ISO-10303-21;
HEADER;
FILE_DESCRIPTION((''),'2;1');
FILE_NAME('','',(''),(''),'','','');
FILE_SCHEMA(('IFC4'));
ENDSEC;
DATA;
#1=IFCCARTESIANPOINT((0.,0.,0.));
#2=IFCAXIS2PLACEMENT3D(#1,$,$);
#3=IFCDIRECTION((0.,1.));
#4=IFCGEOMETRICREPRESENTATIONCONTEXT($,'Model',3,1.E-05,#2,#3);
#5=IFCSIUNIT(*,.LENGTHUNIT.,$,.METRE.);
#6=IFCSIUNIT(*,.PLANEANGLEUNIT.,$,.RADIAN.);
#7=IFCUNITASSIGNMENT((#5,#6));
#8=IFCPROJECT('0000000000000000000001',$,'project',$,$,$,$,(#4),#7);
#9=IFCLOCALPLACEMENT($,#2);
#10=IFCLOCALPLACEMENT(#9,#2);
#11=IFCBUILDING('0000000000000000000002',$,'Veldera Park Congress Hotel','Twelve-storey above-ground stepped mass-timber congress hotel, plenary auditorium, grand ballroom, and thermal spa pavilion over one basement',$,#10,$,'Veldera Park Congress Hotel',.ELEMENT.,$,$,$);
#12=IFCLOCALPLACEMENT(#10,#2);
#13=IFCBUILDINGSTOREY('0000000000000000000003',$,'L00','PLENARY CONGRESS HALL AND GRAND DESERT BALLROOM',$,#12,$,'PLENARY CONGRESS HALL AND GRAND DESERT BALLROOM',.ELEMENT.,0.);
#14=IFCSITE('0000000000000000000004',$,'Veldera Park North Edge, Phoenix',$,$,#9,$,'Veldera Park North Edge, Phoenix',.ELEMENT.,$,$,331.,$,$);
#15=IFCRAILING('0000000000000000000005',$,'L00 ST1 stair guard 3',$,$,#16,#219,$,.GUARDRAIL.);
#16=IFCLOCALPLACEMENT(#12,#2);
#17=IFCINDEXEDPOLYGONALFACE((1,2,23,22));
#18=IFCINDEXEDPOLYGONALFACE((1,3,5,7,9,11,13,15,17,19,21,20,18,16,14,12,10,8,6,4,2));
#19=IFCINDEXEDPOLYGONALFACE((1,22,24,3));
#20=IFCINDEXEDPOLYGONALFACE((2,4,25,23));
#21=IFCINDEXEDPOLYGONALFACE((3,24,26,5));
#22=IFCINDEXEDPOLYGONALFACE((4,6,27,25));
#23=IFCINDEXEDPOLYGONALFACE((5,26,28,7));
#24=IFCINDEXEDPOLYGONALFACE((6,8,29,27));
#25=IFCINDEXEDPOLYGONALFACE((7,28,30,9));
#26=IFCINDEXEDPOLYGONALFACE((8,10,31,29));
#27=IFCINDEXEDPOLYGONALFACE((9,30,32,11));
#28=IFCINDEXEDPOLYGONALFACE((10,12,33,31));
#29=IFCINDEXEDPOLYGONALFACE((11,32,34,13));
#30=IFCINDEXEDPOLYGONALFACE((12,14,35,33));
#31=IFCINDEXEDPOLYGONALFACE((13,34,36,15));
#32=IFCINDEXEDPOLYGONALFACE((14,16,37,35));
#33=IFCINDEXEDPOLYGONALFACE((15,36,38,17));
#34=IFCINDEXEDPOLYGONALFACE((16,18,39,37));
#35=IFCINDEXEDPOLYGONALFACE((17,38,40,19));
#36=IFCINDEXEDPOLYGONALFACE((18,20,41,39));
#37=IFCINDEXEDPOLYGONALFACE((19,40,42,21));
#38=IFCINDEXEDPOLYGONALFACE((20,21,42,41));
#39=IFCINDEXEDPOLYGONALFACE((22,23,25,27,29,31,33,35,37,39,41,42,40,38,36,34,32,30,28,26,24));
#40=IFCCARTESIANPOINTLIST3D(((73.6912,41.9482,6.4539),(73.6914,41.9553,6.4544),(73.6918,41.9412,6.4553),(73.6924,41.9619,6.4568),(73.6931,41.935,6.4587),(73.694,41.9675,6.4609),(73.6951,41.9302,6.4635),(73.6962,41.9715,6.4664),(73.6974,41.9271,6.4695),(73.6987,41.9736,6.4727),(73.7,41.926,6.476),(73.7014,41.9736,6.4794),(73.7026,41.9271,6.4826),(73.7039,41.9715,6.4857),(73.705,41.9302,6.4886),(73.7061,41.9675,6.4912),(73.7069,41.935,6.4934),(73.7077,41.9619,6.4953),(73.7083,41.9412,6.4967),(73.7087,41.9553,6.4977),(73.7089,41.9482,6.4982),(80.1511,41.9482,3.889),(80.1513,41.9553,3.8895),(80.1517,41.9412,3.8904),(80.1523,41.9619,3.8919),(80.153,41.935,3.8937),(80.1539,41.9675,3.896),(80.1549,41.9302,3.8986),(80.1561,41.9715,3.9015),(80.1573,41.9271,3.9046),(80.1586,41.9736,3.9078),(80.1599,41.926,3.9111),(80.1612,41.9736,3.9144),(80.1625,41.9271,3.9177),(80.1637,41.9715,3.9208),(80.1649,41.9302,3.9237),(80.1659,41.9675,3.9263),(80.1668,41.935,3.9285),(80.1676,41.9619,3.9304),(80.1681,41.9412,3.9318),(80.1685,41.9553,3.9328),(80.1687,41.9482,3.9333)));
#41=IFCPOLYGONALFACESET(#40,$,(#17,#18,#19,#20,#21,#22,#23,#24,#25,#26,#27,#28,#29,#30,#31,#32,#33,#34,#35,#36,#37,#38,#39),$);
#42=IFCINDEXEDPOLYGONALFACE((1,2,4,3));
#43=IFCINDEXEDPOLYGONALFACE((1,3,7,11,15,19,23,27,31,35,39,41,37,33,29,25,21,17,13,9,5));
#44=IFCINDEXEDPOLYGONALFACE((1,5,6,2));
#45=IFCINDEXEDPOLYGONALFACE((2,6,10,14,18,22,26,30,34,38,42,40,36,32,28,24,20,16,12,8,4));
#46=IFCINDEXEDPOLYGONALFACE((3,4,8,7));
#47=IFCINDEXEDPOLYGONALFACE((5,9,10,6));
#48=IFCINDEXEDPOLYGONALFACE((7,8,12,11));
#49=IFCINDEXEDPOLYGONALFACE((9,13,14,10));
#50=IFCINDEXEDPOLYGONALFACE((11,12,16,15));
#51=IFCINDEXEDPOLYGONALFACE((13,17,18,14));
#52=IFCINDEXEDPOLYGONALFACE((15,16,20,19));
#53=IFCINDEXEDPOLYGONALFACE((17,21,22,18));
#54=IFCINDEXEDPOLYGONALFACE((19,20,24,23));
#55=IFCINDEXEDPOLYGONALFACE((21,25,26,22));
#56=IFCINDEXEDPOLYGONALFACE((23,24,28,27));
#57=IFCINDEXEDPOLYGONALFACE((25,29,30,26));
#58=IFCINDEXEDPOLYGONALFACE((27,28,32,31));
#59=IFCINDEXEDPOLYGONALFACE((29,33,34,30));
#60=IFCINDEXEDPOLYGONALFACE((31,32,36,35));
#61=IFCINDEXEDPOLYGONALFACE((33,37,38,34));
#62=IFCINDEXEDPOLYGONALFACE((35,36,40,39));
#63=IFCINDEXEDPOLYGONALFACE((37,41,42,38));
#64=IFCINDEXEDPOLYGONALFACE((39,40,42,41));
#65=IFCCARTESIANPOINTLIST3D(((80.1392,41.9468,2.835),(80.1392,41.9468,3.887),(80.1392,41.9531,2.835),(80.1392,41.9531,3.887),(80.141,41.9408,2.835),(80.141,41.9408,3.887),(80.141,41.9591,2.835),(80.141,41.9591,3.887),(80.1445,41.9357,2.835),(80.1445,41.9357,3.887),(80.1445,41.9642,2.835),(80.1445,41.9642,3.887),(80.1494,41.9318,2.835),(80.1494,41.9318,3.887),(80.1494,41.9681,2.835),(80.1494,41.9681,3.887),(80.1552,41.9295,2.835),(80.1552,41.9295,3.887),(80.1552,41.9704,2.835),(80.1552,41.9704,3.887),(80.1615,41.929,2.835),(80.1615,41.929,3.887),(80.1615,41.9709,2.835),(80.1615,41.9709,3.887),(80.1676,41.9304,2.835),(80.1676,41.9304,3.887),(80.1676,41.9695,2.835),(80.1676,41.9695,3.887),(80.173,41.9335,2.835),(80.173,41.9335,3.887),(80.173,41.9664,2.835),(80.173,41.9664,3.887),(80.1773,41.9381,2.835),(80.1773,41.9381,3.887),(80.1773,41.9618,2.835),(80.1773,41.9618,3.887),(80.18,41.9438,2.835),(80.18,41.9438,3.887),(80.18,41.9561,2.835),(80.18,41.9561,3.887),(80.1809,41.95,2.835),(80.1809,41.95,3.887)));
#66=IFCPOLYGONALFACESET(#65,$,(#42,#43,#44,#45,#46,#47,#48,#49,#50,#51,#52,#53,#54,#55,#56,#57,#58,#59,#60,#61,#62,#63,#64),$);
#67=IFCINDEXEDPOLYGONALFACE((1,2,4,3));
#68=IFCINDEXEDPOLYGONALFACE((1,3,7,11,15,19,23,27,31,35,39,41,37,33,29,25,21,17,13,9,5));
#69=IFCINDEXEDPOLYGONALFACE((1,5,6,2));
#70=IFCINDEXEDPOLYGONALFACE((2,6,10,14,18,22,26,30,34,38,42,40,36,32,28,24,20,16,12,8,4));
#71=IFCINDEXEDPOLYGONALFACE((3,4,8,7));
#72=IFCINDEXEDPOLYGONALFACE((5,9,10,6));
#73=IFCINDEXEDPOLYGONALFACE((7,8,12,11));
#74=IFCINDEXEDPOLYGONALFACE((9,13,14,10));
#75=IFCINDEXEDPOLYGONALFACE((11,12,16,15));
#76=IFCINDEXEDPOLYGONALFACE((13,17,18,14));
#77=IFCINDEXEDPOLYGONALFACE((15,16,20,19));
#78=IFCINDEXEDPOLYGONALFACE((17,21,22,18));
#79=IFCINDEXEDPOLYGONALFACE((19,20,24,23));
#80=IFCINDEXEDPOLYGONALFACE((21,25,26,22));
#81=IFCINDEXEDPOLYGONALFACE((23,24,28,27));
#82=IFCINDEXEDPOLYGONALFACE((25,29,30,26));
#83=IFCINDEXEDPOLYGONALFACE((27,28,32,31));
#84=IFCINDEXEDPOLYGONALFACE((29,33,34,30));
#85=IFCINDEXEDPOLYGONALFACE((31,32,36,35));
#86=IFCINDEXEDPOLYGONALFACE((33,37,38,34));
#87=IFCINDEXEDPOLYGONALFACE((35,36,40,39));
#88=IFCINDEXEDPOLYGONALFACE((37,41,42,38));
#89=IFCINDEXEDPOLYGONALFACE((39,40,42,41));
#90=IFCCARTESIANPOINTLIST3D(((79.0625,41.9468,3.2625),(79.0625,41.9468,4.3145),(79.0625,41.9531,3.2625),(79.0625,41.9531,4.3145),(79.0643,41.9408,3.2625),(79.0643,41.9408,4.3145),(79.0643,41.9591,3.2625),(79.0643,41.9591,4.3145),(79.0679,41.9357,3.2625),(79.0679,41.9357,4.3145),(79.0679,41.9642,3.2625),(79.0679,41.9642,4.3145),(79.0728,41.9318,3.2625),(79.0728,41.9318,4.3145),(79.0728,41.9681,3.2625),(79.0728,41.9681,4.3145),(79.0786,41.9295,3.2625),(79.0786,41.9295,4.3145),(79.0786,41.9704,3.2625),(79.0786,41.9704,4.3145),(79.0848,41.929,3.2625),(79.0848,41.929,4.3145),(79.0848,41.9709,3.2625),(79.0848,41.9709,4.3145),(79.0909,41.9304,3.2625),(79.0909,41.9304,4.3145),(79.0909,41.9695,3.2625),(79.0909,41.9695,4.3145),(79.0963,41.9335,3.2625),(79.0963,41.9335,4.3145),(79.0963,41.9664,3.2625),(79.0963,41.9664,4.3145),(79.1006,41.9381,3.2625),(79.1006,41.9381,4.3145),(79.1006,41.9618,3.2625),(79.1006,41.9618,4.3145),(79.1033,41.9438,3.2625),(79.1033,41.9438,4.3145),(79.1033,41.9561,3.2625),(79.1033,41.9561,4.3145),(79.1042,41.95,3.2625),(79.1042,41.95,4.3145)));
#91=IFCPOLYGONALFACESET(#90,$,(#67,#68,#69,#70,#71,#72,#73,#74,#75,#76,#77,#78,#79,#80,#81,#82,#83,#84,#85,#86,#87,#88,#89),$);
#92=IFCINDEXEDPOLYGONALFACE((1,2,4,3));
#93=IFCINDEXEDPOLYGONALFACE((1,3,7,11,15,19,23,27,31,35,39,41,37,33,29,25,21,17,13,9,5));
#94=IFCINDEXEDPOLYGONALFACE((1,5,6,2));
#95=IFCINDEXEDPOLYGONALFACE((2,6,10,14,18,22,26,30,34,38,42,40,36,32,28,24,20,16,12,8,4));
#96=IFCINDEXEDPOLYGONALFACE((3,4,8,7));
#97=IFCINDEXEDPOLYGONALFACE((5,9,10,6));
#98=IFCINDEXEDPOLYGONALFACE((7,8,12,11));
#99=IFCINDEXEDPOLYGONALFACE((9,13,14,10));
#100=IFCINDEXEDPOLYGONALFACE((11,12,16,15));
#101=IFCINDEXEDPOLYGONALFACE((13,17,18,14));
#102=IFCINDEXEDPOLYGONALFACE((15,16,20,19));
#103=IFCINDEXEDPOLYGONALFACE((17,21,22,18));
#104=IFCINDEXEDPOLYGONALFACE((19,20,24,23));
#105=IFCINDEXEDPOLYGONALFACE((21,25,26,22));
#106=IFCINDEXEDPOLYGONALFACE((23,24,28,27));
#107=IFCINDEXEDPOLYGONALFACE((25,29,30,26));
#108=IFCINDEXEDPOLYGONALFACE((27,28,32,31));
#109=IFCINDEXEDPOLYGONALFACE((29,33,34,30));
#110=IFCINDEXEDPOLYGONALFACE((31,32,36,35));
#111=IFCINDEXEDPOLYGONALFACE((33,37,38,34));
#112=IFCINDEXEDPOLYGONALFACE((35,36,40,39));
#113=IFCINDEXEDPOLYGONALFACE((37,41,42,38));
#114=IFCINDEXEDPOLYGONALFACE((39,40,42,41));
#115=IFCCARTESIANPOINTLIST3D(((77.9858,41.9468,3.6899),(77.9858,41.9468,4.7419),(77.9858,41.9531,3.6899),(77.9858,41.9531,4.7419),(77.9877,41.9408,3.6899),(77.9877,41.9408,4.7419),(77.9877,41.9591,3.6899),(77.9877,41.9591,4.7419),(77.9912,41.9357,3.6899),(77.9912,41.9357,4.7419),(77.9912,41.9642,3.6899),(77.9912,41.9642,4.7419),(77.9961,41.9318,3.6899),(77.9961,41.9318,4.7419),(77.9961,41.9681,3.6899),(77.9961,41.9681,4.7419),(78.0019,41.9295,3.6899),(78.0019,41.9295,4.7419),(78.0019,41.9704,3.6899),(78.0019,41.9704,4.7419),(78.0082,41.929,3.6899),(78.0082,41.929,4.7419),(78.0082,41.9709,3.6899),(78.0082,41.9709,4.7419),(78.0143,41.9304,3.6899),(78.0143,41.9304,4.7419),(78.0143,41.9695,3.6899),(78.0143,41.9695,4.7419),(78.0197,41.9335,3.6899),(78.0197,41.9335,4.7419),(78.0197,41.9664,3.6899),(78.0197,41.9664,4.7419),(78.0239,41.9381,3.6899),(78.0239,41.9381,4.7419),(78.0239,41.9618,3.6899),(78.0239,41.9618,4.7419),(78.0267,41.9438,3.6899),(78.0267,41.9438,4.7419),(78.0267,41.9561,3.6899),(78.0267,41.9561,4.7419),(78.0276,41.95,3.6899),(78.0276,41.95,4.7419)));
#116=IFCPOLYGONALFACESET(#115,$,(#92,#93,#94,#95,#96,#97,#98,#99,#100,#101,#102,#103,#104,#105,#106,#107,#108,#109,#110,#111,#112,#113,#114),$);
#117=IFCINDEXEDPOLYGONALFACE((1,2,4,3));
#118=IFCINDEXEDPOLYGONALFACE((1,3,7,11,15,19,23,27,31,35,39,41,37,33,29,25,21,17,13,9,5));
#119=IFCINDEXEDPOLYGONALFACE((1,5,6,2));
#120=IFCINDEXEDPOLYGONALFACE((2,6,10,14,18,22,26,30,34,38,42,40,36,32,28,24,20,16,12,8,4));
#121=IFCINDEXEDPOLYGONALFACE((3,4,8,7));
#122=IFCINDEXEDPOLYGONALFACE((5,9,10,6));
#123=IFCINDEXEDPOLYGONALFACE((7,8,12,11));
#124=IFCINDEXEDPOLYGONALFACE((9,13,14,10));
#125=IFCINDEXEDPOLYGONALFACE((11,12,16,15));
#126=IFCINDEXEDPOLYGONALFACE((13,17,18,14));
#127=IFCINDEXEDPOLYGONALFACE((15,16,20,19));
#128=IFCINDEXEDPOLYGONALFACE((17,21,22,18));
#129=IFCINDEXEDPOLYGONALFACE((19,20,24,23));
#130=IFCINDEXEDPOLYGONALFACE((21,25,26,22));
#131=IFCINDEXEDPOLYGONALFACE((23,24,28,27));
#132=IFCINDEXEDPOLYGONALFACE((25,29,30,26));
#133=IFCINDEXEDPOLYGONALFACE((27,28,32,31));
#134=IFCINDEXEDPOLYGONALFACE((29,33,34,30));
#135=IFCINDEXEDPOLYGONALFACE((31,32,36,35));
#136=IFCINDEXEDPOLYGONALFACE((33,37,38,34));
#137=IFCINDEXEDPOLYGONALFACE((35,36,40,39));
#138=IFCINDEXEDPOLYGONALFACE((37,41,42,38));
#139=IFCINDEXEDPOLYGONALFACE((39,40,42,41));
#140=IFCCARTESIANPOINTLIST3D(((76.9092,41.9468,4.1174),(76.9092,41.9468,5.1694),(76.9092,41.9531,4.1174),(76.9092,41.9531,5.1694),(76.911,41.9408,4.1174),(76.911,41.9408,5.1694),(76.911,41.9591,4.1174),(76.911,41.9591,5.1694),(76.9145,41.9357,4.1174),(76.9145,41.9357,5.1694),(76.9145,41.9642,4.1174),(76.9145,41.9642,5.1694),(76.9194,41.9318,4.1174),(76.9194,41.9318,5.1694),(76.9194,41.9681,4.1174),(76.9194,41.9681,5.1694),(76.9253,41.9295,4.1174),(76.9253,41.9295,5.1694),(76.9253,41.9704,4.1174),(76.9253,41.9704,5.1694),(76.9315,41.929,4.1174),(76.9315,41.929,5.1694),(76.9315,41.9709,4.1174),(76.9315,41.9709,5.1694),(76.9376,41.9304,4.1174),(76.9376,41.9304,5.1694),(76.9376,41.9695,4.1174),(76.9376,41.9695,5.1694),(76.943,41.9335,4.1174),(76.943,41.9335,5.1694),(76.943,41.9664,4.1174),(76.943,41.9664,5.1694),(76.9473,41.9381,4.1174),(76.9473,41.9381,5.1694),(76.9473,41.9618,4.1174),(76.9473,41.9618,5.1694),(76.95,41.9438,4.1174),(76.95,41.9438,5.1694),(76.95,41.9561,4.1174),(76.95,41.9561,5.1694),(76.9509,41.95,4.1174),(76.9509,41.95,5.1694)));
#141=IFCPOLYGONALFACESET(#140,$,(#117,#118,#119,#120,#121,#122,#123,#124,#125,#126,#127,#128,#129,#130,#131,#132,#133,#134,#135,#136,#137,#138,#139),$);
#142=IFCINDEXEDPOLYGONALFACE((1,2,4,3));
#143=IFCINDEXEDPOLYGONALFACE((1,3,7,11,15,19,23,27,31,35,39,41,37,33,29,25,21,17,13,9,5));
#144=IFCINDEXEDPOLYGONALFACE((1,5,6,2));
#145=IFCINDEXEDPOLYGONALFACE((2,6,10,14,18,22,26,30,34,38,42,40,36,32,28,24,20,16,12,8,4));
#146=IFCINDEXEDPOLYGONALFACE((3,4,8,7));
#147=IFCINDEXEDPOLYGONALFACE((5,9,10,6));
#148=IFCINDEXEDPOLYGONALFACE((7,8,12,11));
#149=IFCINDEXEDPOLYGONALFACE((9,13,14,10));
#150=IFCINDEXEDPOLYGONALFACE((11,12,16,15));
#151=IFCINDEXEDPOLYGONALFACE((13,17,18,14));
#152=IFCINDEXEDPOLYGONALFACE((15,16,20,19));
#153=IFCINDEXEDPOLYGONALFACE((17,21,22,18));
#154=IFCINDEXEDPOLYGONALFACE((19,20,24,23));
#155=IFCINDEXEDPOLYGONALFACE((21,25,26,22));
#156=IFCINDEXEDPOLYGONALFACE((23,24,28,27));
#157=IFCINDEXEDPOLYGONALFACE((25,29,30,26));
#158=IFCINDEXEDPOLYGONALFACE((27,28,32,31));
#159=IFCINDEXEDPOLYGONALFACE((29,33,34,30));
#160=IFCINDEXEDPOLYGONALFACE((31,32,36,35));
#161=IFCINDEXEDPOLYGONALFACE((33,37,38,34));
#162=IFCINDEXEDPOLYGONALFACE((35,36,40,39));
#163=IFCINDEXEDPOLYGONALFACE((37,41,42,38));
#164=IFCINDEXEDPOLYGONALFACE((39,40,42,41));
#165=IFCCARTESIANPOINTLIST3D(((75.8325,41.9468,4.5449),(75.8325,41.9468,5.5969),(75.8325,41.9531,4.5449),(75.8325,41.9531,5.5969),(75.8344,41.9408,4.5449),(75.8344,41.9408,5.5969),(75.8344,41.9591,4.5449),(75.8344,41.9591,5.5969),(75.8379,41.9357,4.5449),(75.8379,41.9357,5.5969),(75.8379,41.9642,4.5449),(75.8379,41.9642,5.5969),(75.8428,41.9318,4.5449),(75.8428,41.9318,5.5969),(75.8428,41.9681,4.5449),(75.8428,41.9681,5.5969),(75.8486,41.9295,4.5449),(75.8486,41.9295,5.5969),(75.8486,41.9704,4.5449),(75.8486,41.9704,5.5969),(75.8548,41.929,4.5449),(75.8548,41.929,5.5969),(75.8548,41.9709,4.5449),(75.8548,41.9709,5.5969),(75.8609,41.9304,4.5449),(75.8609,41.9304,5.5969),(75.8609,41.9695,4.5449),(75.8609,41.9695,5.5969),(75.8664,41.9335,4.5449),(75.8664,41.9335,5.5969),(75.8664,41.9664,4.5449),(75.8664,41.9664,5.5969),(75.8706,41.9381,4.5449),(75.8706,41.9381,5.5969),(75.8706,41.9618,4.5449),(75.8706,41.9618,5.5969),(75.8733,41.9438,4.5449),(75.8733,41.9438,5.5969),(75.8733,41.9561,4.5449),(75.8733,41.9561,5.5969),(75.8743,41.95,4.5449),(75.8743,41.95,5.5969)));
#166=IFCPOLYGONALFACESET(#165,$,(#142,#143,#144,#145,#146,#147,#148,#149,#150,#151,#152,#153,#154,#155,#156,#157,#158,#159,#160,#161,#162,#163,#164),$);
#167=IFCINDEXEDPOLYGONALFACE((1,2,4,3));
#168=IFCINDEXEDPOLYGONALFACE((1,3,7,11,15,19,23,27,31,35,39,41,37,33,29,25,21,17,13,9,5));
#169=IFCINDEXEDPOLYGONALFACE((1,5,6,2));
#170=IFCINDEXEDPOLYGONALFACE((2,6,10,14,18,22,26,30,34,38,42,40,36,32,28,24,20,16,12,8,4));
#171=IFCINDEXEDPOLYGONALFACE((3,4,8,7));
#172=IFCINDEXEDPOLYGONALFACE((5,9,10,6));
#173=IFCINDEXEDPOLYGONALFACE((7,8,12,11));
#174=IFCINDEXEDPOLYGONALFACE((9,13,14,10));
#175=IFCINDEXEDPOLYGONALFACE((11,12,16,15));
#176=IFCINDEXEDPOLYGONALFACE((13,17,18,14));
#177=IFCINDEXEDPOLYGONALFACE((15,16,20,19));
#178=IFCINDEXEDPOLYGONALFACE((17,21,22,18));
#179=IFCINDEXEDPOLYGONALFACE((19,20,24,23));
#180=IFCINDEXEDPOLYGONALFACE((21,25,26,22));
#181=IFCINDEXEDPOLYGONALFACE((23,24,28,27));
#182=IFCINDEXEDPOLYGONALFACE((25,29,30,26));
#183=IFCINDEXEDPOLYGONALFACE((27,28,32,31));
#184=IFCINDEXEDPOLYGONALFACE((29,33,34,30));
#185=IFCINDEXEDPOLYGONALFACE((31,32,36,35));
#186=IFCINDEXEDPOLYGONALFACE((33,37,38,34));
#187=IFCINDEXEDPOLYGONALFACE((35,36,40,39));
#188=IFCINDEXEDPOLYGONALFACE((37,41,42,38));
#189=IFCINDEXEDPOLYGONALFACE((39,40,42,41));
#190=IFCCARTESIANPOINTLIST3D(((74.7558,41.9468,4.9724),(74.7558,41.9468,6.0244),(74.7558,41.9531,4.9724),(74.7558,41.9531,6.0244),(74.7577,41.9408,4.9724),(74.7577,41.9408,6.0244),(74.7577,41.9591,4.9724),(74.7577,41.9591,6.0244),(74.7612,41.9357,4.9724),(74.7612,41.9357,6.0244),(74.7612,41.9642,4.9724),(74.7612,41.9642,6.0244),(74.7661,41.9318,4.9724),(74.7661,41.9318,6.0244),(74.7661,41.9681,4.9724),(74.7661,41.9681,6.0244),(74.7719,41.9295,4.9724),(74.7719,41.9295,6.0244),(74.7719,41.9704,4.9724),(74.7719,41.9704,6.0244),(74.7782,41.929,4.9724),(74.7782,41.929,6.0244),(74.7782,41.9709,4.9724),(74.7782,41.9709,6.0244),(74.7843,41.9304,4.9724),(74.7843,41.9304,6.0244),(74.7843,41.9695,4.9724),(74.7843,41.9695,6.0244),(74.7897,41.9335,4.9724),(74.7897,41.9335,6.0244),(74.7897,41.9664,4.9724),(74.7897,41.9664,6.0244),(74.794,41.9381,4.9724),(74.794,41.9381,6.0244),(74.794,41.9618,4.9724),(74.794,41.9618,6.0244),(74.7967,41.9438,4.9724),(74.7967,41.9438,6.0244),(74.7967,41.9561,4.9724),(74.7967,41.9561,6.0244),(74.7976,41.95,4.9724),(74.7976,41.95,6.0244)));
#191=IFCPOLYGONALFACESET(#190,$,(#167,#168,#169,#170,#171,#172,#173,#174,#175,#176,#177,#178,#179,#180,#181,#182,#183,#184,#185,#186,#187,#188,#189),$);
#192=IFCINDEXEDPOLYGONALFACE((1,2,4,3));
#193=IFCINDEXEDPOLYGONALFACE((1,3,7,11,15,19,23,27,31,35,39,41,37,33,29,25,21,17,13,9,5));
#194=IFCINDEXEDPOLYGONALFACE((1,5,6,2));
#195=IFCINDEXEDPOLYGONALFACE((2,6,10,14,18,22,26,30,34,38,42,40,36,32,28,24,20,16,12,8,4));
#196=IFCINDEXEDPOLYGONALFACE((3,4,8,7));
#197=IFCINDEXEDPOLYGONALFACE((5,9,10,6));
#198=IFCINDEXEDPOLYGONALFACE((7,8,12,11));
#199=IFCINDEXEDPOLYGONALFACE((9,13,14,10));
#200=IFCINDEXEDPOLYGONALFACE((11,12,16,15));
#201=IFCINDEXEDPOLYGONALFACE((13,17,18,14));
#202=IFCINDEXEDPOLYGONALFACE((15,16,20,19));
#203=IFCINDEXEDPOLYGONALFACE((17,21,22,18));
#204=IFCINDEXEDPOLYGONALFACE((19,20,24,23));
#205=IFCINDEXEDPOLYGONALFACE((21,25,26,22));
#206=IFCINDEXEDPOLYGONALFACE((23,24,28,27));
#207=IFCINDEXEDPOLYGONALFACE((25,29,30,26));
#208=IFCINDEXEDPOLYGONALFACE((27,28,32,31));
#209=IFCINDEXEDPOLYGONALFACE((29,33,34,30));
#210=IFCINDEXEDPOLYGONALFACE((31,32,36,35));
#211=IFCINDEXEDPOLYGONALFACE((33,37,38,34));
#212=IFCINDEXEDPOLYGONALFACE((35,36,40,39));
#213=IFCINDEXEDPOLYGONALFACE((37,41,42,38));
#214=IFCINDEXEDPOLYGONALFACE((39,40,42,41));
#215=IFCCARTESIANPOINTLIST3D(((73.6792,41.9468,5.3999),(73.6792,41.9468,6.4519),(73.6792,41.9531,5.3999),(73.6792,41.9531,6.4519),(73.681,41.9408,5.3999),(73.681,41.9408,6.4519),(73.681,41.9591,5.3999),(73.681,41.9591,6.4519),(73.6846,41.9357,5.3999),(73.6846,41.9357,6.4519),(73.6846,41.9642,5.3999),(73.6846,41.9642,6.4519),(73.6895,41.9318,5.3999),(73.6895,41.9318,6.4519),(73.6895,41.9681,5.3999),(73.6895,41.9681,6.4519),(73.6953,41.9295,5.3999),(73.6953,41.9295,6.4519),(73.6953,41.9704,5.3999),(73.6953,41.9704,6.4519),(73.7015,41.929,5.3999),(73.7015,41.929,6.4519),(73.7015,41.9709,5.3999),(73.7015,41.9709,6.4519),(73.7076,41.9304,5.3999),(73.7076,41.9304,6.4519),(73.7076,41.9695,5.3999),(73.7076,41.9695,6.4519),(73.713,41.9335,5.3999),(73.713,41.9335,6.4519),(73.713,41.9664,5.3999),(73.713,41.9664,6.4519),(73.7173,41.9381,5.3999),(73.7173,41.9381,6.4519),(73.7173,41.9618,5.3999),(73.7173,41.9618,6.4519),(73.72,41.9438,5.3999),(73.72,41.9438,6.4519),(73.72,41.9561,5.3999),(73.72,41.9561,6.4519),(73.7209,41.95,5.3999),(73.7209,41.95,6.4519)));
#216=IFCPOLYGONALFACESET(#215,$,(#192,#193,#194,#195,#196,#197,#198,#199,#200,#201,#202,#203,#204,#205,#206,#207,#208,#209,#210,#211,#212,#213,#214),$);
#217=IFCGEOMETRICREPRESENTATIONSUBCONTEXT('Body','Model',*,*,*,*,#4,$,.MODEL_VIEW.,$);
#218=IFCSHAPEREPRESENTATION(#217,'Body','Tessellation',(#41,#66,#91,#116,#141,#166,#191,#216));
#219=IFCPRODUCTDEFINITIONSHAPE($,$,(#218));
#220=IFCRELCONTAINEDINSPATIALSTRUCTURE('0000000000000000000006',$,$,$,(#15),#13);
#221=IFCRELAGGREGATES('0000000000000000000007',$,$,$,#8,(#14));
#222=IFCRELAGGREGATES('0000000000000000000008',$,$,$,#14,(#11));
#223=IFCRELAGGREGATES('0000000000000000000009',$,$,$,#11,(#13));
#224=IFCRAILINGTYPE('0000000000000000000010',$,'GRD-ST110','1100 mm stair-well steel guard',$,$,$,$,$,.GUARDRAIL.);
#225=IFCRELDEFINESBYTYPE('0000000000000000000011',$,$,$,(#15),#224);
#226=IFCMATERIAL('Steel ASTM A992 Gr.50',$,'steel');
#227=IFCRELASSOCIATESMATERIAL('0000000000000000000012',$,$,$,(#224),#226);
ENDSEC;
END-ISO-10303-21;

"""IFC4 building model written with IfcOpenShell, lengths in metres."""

from ifc_helpers import new_model, si_unit, direction, frame, origin, origin_2d, place, context, subcontext, project, spatial, circle, extrude, material, type_object, element, save


model = new_model("IFC4")

# Units and contexts
model_context = context("Model", 3, precision=1e-05, world=origin(), true_north=direction((0.0, 1.0)))
body_context = subcontext(model_context, "Body", "Model", "MODEL_VIEW")
ifc_project = project(units=[si_unit("LENGTHUNIT", "METRE"), si_unit("PLANEANGLEUNIT", "RADIAN")], contexts=[model_context])

# Site, building, storey
site_placement = place(None, origin())
site = spatial("IfcSite", under=ifc_project, at=site_placement, Name="Veldera Park North Edge, Phoenix", LongName="Veldera Park North Edge, Phoenix", CompositionType="ELEMENT", RefElevation=331.0)
building_placement = place(site_placement, origin())
building = spatial("IfcBuilding", under=site, at=building_placement, Name="Veldera Park Congress Hotel", Description="Twelve-storey above-ground stepped mass-timber congress hotel, plenary auditorium, grand ballroom, and thermal spa pavilion over one basement", LongName="Veldera Park Congress Hotel", CompositionType="ELEMENT")
storey_placement = place(building_placement, origin())
storey = spatial("IfcBuildingStorey", under=building, at=storey_placement, Name="L00", Description="PLENARY CONGRESS HALL AND GRAND DESERT BALLROOM", LongName="PLENARY CONGRESS HALL AND GRAND DESERT BALLROOM", CompositionType="ELEMENT", Elevation=0.0)

# Shared definitions
ifc_material_1 = material(Name="Steel ASTM A992 Gr.50", Category="steel")

# Railing
railing_type_1 = type_object("IfcRailingType", Name="GRD-ST110", Description="1100 mm stair-well steel guard", PredefinedType="GUARDRAIL", material=ifc_material_1)
railing_1_placement = place(storey_placement, frame((80.1599, 41.95, 2.835)))
element("IfcRailing", 1, at=railing_1_placement, inside=storey, type_object=railing_type_1, Name="L00 ST1 stair guard 3", PredefinedType="GUARDRAIL", context=body_context, shape_type="SweptSolid", body=[
    extrude(circle(Radius=0.0239, at=origin_2d()), frame((0.0, 0.0, 1.0762), z_axis=(-0.929418, 0.0, 0.369028), x_axis=(0.0, -1.0, 0.0)), (0.0, 0.0, 1.0), 6.9504),
    extrude(circle(Radius=0.021, at=origin_2d()), origin(), (0.0, 0.0, 1.0), 1.052),
    extrude(circle(Radius=0.021, at=origin_2d()), frame((-1.0767, 0.0, 0.4275)), (0.0, 0.0, 1.0), 1.052),
    extrude(circle(Radius=0.021, at=origin_2d()), frame((-2.1533, 0.0, 0.855)), (0.0, 0.0, 1.0), 1.052),
    extrude(circle(Radius=0.021, at=origin_2d()), frame((-3.23, 0.0, 1.2825)), (0.0, 0.0, 1.0), 1.052),
    extrude(circle(Radius=0.021, at=origin_2d()), frame((-4.3066, 0.0, 1.71)), (0.0, 0.0, 1.0), 1.052),
    extrude(circle(Radius=0.021, at=origin_2d()), frame((-5.3833, 0.0, 2.1375)), (0.0, 0.0, 1.0), 1.052),
    extrude(circle(Radius=0.021, at=origin_2d()), frame((-6.46, 0.0, 2.5649)), (0.0, 0.0, 1.0), 1.052),
])

save(model, "model.ifc")
